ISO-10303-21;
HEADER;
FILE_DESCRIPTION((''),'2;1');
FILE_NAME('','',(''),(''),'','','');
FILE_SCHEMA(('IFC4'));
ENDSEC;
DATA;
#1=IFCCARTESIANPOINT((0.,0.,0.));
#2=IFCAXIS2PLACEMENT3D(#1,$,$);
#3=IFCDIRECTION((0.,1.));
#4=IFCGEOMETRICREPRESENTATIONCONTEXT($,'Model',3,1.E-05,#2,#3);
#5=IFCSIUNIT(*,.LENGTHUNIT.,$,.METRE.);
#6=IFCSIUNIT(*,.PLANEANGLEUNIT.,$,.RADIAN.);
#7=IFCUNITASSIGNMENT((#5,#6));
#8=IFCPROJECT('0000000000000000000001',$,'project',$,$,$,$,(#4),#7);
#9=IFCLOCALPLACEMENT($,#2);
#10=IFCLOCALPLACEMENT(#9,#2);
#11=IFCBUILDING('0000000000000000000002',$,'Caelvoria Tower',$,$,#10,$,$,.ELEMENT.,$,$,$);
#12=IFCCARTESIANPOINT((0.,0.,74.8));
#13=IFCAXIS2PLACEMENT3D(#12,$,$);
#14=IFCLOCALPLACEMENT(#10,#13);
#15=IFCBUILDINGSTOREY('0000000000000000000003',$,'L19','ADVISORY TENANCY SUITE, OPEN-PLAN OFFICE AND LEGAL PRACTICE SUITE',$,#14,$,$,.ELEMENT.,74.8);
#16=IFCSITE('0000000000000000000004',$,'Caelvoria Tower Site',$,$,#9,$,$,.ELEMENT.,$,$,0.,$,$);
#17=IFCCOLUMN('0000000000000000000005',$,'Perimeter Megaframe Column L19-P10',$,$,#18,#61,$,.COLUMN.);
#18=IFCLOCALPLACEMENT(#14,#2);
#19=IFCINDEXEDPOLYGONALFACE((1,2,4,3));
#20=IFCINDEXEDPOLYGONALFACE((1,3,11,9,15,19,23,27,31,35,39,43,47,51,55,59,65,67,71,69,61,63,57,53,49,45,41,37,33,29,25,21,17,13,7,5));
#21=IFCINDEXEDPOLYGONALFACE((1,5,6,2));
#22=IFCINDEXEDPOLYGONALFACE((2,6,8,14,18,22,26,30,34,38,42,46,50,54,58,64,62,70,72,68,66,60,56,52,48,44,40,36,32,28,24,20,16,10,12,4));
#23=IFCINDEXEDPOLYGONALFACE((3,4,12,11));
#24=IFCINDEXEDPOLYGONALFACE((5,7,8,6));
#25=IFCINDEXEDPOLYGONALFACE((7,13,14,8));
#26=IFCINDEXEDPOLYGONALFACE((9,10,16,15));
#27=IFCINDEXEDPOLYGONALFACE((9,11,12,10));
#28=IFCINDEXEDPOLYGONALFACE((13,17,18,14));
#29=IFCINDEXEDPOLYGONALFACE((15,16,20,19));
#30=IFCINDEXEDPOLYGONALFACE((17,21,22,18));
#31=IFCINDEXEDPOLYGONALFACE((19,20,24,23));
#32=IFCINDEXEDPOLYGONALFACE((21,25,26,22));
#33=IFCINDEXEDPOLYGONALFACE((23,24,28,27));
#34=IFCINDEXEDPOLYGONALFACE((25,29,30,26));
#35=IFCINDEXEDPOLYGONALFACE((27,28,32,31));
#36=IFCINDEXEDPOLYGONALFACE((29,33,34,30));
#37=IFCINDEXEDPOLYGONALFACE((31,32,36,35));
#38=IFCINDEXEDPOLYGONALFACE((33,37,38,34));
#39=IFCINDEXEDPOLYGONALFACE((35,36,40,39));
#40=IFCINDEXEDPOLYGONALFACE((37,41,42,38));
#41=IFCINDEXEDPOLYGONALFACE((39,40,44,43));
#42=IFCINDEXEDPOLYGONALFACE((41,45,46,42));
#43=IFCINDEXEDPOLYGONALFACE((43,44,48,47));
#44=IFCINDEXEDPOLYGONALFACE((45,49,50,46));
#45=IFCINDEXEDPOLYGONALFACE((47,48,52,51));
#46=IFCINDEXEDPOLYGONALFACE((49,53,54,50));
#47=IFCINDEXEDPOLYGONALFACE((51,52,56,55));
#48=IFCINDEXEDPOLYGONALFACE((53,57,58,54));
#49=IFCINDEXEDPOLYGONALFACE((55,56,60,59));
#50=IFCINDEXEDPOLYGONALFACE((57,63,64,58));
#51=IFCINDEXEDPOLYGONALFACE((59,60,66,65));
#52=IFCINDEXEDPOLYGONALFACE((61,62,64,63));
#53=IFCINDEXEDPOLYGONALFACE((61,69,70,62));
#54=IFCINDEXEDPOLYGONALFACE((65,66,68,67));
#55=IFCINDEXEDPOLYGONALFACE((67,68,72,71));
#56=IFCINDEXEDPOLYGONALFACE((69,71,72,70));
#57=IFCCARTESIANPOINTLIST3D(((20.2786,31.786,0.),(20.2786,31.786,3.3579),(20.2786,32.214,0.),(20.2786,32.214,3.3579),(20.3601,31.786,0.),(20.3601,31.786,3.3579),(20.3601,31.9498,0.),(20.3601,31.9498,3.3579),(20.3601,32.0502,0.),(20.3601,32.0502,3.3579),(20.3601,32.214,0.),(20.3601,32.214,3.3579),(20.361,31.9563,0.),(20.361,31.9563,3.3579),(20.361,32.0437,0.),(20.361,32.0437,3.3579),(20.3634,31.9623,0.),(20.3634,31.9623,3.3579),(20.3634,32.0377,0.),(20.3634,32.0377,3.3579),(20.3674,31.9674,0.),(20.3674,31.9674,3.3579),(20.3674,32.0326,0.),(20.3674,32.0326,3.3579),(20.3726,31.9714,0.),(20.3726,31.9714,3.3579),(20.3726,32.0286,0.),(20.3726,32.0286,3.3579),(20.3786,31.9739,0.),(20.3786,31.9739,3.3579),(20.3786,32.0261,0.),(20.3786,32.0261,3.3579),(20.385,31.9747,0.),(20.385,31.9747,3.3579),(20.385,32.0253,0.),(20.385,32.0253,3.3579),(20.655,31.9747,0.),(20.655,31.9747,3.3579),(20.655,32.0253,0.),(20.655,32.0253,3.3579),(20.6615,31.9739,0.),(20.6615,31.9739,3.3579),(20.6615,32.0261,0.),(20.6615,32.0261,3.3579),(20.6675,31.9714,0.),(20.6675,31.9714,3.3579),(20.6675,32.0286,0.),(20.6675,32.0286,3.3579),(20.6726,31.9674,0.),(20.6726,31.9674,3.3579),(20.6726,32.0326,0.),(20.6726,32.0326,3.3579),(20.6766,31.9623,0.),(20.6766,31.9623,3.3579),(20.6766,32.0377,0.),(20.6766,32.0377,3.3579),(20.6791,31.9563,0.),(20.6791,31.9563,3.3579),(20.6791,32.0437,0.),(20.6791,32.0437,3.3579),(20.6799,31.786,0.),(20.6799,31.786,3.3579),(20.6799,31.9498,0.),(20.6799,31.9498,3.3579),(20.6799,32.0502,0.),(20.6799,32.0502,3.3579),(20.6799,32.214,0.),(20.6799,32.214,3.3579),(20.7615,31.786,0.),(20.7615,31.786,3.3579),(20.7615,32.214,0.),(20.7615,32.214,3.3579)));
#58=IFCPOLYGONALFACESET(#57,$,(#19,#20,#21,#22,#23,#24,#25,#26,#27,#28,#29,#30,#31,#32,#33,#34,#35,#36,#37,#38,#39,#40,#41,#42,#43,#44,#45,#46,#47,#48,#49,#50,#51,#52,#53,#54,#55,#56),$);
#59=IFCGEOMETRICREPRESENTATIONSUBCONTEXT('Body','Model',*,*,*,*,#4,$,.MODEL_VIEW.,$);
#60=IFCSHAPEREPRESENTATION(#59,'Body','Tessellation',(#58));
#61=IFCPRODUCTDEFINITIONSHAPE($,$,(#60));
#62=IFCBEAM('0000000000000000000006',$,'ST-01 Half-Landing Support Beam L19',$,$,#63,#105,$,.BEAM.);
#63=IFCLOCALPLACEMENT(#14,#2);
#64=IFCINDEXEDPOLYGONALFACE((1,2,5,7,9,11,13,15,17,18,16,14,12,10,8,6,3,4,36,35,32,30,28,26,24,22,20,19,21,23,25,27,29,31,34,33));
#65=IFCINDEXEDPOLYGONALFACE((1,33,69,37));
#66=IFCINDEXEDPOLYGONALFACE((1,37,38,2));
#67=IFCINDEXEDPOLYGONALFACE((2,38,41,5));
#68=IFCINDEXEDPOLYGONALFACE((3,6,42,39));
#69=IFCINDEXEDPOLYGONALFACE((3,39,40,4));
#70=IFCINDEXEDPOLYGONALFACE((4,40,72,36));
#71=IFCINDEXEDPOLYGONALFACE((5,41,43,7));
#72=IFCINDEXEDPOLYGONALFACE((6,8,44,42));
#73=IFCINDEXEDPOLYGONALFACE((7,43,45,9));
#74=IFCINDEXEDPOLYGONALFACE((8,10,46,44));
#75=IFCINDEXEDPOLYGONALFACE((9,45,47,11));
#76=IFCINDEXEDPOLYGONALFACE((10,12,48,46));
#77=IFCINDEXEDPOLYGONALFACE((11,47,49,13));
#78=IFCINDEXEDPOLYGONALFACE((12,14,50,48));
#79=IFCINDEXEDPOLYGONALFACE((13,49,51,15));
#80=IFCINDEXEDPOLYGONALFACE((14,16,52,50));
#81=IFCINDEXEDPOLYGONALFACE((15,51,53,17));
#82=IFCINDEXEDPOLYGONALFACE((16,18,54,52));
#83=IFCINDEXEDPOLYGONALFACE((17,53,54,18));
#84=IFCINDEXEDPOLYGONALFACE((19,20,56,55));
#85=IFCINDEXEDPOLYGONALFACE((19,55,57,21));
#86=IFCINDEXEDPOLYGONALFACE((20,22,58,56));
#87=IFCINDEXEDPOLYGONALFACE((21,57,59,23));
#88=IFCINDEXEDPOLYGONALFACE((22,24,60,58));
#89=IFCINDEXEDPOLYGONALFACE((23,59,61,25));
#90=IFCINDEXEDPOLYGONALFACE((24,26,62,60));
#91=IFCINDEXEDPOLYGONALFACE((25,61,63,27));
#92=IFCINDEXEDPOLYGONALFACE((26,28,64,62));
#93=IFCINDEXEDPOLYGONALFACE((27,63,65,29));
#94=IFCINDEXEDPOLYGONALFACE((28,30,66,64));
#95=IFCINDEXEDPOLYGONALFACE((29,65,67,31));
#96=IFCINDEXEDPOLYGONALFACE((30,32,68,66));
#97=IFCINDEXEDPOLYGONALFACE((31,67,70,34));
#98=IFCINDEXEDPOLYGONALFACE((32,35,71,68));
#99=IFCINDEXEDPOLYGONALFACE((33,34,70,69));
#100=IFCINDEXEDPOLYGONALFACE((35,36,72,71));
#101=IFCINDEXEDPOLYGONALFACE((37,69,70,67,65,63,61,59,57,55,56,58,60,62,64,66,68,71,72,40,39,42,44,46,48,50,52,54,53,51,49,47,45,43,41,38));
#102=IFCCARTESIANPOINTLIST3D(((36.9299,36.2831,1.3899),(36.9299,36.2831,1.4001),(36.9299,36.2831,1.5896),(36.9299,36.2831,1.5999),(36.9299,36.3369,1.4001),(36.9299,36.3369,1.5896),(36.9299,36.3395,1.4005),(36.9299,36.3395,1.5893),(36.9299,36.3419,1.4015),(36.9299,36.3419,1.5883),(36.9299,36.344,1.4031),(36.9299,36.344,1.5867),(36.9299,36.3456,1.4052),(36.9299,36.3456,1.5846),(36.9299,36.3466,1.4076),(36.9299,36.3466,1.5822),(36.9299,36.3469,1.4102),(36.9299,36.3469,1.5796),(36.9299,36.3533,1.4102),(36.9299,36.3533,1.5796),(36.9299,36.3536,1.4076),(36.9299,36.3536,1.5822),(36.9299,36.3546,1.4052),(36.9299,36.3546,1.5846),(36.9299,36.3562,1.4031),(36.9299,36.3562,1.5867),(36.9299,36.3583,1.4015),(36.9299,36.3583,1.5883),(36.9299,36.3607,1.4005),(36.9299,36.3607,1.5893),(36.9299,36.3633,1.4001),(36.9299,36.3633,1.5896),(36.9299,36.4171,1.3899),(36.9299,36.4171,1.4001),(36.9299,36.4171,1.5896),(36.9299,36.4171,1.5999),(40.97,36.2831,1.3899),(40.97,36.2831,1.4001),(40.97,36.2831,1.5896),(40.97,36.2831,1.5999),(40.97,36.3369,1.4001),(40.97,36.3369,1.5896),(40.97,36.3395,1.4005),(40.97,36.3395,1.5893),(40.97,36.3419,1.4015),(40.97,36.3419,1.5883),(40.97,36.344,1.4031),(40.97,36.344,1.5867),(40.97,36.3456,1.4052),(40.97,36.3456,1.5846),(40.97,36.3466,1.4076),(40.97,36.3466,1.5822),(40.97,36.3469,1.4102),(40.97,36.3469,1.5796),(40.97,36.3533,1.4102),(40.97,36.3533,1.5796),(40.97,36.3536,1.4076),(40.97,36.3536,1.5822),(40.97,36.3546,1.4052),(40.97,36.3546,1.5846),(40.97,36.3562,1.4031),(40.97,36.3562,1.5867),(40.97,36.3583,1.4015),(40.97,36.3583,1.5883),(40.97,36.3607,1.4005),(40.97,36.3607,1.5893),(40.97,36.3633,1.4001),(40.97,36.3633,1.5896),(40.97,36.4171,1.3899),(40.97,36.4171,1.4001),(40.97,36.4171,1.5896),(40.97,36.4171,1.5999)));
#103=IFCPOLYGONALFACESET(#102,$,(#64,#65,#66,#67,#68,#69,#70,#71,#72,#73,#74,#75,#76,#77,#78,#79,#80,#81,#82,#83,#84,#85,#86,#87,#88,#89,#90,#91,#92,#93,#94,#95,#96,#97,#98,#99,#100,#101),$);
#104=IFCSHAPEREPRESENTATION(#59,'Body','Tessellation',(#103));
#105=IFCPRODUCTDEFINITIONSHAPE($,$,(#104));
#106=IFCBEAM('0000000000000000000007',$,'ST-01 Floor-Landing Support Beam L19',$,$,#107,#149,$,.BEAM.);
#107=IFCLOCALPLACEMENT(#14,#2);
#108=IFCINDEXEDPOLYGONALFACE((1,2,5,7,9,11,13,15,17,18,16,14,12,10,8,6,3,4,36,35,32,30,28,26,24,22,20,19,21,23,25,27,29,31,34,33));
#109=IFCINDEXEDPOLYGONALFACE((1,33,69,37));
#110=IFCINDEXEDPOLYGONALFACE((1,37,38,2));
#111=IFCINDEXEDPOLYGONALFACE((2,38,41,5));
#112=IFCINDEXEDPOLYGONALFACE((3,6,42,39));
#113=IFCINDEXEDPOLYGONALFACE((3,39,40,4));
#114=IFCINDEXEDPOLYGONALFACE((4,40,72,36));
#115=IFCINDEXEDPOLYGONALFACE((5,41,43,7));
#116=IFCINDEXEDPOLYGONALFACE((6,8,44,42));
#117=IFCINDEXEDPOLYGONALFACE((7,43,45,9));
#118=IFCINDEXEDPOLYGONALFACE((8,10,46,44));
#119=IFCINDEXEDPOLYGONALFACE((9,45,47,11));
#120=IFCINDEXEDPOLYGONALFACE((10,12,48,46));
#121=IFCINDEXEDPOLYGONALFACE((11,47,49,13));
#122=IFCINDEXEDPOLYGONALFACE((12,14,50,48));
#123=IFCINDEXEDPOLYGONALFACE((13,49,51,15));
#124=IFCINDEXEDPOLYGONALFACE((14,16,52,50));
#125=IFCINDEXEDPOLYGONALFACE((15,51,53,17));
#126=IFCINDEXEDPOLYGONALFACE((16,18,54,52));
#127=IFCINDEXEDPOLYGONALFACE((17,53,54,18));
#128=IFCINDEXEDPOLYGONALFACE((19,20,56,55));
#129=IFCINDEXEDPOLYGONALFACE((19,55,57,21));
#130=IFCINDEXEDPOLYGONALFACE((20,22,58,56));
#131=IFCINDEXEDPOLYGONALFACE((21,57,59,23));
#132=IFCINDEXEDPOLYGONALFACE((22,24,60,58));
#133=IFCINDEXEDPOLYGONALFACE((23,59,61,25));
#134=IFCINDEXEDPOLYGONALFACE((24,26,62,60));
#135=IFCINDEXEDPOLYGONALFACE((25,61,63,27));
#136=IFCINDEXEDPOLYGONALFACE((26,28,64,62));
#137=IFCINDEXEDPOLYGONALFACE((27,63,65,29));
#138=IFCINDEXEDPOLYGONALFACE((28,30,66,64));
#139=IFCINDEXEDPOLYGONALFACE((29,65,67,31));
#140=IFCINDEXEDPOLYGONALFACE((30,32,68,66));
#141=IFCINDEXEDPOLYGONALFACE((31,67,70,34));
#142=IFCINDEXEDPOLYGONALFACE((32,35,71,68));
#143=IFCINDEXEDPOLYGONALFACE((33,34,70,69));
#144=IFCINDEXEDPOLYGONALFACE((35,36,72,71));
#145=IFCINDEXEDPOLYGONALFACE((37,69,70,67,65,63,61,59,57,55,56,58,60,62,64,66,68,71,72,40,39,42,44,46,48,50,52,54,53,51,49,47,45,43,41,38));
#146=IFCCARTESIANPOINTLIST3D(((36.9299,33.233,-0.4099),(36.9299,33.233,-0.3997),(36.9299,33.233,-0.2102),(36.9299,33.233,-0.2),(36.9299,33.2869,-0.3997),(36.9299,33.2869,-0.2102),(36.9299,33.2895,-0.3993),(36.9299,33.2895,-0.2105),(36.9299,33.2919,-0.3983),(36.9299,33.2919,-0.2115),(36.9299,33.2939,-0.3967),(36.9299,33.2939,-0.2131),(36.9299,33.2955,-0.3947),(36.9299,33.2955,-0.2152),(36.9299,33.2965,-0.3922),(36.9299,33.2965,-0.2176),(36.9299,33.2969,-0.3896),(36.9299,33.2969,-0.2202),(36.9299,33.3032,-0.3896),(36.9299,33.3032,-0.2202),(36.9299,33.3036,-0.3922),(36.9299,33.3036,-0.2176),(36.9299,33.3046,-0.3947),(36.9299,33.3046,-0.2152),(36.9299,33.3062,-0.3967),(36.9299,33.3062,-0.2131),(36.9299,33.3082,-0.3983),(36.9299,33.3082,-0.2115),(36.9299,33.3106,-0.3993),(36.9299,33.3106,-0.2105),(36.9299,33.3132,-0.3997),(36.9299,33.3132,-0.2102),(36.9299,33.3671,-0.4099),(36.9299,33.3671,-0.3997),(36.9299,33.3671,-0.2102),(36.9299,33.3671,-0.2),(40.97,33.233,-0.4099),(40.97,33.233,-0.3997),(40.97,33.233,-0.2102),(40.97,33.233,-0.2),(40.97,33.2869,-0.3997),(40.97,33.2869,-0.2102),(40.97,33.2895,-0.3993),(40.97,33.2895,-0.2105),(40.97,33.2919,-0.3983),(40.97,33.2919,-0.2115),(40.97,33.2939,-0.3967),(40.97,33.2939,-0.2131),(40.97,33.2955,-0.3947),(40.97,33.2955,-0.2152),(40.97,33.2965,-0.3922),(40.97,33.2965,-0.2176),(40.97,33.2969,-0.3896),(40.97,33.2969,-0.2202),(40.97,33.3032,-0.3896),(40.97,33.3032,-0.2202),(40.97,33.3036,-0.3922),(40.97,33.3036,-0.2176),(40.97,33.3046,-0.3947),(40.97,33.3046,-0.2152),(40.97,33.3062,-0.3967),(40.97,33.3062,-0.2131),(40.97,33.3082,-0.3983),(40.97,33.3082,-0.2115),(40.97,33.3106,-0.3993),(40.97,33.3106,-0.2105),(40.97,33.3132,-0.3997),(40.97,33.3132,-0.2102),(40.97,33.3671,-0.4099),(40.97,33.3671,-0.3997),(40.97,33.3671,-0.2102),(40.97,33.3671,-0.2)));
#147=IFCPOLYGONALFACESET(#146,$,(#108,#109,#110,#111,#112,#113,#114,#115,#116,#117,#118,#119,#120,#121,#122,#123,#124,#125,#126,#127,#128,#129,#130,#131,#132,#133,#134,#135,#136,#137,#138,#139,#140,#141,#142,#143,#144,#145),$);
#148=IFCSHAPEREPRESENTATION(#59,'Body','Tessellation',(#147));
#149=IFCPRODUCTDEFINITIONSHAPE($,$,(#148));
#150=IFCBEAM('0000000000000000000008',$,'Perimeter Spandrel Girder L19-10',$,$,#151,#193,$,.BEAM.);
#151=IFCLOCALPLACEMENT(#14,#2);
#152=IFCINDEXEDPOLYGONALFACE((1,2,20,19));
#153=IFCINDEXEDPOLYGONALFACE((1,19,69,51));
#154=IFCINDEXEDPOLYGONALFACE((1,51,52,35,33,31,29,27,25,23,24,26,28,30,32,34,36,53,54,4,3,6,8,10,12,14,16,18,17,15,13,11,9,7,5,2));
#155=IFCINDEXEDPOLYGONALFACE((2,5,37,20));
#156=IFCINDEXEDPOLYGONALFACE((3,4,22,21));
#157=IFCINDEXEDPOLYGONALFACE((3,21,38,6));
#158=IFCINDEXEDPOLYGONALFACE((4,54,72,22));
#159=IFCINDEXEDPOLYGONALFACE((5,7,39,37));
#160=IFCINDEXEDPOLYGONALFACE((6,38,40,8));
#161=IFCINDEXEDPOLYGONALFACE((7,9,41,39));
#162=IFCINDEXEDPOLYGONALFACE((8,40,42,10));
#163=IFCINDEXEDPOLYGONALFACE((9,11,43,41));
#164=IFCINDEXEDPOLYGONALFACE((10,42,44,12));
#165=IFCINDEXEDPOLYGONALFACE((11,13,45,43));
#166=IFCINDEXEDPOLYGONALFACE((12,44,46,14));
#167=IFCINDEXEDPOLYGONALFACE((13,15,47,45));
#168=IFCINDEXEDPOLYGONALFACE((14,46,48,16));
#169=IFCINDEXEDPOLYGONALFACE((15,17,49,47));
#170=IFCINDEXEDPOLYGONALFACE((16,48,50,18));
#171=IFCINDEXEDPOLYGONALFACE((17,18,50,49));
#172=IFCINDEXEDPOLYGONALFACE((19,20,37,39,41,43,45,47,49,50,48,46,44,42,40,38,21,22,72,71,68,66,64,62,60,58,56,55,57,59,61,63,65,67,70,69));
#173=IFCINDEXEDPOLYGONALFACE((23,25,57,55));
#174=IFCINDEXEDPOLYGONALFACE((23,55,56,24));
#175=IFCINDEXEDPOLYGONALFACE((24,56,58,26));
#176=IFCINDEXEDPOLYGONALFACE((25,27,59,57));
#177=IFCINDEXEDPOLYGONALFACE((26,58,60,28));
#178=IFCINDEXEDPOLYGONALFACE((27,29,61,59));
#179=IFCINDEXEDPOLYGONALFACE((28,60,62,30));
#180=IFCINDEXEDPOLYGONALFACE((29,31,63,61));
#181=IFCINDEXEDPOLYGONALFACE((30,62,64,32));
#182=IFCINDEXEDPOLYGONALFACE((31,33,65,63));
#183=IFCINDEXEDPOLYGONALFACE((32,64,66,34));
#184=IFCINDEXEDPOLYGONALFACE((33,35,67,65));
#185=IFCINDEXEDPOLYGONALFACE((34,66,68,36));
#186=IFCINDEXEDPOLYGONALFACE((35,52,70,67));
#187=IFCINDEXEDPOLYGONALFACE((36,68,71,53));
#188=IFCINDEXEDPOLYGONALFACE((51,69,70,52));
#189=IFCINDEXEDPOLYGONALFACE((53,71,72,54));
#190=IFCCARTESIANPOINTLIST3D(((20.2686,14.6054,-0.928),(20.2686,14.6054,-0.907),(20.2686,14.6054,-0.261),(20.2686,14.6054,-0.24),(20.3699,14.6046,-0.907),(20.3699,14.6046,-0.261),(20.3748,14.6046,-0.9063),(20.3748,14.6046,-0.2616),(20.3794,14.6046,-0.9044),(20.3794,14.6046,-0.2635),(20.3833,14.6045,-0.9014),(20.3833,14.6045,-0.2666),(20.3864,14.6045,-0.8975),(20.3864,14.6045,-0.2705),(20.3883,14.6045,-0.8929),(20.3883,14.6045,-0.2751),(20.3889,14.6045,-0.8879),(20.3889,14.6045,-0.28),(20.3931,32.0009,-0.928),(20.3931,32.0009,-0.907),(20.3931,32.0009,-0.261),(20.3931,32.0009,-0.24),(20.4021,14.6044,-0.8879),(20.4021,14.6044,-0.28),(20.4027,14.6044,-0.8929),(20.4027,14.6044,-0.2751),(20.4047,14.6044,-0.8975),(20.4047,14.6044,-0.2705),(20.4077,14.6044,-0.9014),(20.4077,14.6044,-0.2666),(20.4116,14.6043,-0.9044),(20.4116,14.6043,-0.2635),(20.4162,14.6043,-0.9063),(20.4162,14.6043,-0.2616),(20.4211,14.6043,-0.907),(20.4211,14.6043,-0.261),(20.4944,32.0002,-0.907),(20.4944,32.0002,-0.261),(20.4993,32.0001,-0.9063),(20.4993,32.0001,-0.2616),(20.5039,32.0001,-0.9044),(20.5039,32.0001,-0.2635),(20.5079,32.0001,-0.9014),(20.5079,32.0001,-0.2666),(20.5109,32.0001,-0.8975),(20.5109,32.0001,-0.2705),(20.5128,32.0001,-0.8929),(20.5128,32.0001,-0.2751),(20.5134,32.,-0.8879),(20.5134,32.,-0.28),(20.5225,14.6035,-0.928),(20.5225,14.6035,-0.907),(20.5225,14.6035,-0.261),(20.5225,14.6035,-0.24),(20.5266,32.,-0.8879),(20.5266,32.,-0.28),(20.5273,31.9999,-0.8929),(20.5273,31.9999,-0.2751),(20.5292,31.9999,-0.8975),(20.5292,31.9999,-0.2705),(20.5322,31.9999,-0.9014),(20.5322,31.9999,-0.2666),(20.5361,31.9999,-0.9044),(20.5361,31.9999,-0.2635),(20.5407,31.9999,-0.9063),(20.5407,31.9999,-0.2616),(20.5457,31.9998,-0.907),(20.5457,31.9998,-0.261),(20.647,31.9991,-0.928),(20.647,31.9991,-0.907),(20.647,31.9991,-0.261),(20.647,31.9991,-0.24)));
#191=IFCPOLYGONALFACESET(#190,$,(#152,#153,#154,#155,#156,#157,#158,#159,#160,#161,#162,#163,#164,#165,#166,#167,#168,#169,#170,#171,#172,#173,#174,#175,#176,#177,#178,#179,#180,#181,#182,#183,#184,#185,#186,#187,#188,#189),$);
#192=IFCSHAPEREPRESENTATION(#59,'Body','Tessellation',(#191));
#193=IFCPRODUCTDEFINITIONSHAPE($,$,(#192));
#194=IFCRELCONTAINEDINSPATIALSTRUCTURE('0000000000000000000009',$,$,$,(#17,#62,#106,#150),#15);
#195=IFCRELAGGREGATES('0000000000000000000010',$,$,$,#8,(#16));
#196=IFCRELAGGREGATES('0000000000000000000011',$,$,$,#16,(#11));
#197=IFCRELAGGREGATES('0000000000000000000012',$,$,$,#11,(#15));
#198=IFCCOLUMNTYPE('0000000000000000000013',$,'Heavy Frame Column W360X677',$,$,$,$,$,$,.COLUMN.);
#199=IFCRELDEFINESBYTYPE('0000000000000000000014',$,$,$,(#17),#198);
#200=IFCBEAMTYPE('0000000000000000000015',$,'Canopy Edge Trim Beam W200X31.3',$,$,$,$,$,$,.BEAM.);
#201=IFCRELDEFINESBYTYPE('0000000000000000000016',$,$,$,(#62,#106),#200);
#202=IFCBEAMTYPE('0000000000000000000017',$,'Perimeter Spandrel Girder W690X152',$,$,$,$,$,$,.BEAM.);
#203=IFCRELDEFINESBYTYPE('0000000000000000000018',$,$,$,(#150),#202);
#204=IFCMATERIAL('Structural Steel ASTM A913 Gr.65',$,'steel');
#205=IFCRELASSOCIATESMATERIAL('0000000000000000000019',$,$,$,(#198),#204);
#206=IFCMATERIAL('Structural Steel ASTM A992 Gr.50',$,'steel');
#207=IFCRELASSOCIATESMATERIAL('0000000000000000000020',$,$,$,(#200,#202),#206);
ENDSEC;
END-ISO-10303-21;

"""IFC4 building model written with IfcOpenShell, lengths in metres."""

from ifc_helpers import new_model, si_unit, direction, frame, origin, origin_2d, place, context, subcontext, project, spatial, i_section, extrude, material, material_profile, profile_set, type_object, element, save


model = new_model("IFC4")

# Units and contexts
model_context = context("Model", 3, precision=1e-05, world=origin(), true_north=direction((0.0, 1.0)))
body_context = subcontext(model_context, "Body", "Model", "MODEL_VIEW")
ifc_project = project(units=[si_unit("LENGTHUNIT", "METRE"), si_unit("PLANEANGLEUNIT", "RADIAN")], contexts=[model_context])

# Site, building, storey
site_placement = place(None, origin())
site = spatial("IfcSite", under=ifc_project, at=site_placement, Name="Caelvoria Tower Site", CompositionType="ELEMENT", RefElevation=0.0)
building_placement = place(site_placement, origin())
building = spatial("IfcBuilding", under=site, at=building_placement, Name="Caelvoria Tower", CompositionType="ELEMENT")
storey_placement = place(building_placement, frame((0.0, 0.0, 74.8)))
storey = spatial("IfcBuildingStorey", under=building, at=storey_placement, Name="L19", Description="ADVISORY TENANCY SUITE, OPEN-PLAN OFFICE AND LEGAL PRACTICE SUITE", CompositionType="ELEMENT", Elevation=74.8)

# Column
ifc_material_1 = material(Name="Structural Steel ASTM A913 Gr.65", Category="steel")
ifc_material_profile_1 = material_profile(ifc_material_1, i_section(OverallWidth=0.428, OverallDepth=0.4829, WebThickness=0.0505, FlangeThickness=0.0815, FilletRadius=0.0249, at=origin_2d()), Name="Structural Steel ASTM A913 Gr.65")
ifc_profile_set_1 = profile_set([ifc_material_profile_1], Name="W360X677 - Structural Steel ASTM A913 Gr.65")
column_type = type_object("IfcColumnType", Name="Heavy Frame Column W360X677", PredefinedType="COLUMN", material=ifc_profile_set_1)
column_placement = place(storey_placement, frame((20.52, 32.0, 0.0), z_axis=(0.0, 0.0, 1.0), x_axis=(0.0, 1.0, 0.0)))
element("IfcColumn", 1, at=column_placement, inside=storey, type_object=column_type, Name="Perimeter Megaframe Column L19-P10", PredefinedType="COLUMN", context=body_context, shape_type="SweptSolid", body=[
    extrude(i_section(OverallWidth=0.428, OverallDepth=0.4829, WebThickness=0.0505, FlangeThickness=0.0815, FilletRadius=0.0249, at=origin_2d()), origin(), (0.0, 0.0, 1.0), 3.3579),
])

# Beams
ifc_material_2 = material(Name="Structural Steel ASTM A992 Gr.50", Category="steel")
ifc_material_profile_2 = material_profile(ifc_material_2, i_section(OverallWidth=0.134, OverallDepth=0.21, WebThickness=0.0063, FlangeThickness=0.0103, FilletRadius=0.01, at=origin_2d()), Name="Structural Steel ASTM A992 Gr.50")
ifc_profile_set_2 = profile_set([ifc_material_profile_2], Name="W200X31.3 - Structural Steel ASTM A992 Gr.50")
beam_type_1 = type_object("IfcBeamType", Name="Canopy Edge Trim Beam W200X31.3", PredefinedType="BEAM", material=ifc_profile_set_2)
for number, where, z_axis, x_axis, name in (
    (2, (36.9299, 36.3501, 1.4949), (1.0, 0.0, 0.0), (0.0, 1.0, 0.0), "ST-01 Half-Landing Support Beam L19"),
    (3, (36.9299, 33.3, -0.3049), (1.0, 0.0, 0.0), (0.0, 1.0, 0.0), "ST-01 Floor-Landing Support Beam L19"),
):
    element("IfcBeam", number, at=place(storey_placement, frame(where, z_axis=z_axis, x_axis=x_axis)), inside=storey, type_object=beam_type_1, Name=name, PredefinedType="BEAM", context=body_context, shape_type="SweptSolid", body=[
        extrude(i_section(OverallWidth=0.134, OverallDepth=0.21, WebThickness=0.0063, FlangeThickness=0.0103, FilletRadius=0.01, at=origin_2d()), origin(), (0.0, 0.0, 1.0), 4.04),
    ])
ifc_material_profile_3 = material_profile(ifc_material_2, i_section(OverallWidth=0.2539, OverallDepth=0.688, WebThickness=0.0132, FlangeThickness=0.021, FilletRadius=0.019, at=origin_2d()), Name="Structural Steel ASTM A992 Gr.50")
ifc_profile_set_3 = profile_set([ifc_material_profile_3], Name="W690X152 - Structural Steel ASTM A992 Gr.50")
beam_type_2 = type_object("IfcBeamType", Name="Perimeter Spandrel Girder W690X152", PredefinedType="BEAM", material=ifc_profile_set_3)
beam_1_placement = place(storey_placement, frame((20.52, 32.0, -0.584), z_axis=(-0.007158, -0.999974, 0.0), x_axis=(0.999974, -0.007158, 0.0)))
element("IfcBeam", 4, at=beam_1_placement, inside=storey, type_object=beam_type_2, Name="Perimeter Spandrel Girder L19-10", PredefinedType="BEAM", context=body_context, shape_type="SweptSolid", body=[
    extrude(i_section(OverallWidth=0.2539, OverallDepth=0.688, WebThickness=0.0132, FlangeThickness=0.021, FilletRadius=0.019, at=origin_2d()), origin(), (0.0, 0.0, 1.0), 17.396),
])

save(model, "model.ifc")
